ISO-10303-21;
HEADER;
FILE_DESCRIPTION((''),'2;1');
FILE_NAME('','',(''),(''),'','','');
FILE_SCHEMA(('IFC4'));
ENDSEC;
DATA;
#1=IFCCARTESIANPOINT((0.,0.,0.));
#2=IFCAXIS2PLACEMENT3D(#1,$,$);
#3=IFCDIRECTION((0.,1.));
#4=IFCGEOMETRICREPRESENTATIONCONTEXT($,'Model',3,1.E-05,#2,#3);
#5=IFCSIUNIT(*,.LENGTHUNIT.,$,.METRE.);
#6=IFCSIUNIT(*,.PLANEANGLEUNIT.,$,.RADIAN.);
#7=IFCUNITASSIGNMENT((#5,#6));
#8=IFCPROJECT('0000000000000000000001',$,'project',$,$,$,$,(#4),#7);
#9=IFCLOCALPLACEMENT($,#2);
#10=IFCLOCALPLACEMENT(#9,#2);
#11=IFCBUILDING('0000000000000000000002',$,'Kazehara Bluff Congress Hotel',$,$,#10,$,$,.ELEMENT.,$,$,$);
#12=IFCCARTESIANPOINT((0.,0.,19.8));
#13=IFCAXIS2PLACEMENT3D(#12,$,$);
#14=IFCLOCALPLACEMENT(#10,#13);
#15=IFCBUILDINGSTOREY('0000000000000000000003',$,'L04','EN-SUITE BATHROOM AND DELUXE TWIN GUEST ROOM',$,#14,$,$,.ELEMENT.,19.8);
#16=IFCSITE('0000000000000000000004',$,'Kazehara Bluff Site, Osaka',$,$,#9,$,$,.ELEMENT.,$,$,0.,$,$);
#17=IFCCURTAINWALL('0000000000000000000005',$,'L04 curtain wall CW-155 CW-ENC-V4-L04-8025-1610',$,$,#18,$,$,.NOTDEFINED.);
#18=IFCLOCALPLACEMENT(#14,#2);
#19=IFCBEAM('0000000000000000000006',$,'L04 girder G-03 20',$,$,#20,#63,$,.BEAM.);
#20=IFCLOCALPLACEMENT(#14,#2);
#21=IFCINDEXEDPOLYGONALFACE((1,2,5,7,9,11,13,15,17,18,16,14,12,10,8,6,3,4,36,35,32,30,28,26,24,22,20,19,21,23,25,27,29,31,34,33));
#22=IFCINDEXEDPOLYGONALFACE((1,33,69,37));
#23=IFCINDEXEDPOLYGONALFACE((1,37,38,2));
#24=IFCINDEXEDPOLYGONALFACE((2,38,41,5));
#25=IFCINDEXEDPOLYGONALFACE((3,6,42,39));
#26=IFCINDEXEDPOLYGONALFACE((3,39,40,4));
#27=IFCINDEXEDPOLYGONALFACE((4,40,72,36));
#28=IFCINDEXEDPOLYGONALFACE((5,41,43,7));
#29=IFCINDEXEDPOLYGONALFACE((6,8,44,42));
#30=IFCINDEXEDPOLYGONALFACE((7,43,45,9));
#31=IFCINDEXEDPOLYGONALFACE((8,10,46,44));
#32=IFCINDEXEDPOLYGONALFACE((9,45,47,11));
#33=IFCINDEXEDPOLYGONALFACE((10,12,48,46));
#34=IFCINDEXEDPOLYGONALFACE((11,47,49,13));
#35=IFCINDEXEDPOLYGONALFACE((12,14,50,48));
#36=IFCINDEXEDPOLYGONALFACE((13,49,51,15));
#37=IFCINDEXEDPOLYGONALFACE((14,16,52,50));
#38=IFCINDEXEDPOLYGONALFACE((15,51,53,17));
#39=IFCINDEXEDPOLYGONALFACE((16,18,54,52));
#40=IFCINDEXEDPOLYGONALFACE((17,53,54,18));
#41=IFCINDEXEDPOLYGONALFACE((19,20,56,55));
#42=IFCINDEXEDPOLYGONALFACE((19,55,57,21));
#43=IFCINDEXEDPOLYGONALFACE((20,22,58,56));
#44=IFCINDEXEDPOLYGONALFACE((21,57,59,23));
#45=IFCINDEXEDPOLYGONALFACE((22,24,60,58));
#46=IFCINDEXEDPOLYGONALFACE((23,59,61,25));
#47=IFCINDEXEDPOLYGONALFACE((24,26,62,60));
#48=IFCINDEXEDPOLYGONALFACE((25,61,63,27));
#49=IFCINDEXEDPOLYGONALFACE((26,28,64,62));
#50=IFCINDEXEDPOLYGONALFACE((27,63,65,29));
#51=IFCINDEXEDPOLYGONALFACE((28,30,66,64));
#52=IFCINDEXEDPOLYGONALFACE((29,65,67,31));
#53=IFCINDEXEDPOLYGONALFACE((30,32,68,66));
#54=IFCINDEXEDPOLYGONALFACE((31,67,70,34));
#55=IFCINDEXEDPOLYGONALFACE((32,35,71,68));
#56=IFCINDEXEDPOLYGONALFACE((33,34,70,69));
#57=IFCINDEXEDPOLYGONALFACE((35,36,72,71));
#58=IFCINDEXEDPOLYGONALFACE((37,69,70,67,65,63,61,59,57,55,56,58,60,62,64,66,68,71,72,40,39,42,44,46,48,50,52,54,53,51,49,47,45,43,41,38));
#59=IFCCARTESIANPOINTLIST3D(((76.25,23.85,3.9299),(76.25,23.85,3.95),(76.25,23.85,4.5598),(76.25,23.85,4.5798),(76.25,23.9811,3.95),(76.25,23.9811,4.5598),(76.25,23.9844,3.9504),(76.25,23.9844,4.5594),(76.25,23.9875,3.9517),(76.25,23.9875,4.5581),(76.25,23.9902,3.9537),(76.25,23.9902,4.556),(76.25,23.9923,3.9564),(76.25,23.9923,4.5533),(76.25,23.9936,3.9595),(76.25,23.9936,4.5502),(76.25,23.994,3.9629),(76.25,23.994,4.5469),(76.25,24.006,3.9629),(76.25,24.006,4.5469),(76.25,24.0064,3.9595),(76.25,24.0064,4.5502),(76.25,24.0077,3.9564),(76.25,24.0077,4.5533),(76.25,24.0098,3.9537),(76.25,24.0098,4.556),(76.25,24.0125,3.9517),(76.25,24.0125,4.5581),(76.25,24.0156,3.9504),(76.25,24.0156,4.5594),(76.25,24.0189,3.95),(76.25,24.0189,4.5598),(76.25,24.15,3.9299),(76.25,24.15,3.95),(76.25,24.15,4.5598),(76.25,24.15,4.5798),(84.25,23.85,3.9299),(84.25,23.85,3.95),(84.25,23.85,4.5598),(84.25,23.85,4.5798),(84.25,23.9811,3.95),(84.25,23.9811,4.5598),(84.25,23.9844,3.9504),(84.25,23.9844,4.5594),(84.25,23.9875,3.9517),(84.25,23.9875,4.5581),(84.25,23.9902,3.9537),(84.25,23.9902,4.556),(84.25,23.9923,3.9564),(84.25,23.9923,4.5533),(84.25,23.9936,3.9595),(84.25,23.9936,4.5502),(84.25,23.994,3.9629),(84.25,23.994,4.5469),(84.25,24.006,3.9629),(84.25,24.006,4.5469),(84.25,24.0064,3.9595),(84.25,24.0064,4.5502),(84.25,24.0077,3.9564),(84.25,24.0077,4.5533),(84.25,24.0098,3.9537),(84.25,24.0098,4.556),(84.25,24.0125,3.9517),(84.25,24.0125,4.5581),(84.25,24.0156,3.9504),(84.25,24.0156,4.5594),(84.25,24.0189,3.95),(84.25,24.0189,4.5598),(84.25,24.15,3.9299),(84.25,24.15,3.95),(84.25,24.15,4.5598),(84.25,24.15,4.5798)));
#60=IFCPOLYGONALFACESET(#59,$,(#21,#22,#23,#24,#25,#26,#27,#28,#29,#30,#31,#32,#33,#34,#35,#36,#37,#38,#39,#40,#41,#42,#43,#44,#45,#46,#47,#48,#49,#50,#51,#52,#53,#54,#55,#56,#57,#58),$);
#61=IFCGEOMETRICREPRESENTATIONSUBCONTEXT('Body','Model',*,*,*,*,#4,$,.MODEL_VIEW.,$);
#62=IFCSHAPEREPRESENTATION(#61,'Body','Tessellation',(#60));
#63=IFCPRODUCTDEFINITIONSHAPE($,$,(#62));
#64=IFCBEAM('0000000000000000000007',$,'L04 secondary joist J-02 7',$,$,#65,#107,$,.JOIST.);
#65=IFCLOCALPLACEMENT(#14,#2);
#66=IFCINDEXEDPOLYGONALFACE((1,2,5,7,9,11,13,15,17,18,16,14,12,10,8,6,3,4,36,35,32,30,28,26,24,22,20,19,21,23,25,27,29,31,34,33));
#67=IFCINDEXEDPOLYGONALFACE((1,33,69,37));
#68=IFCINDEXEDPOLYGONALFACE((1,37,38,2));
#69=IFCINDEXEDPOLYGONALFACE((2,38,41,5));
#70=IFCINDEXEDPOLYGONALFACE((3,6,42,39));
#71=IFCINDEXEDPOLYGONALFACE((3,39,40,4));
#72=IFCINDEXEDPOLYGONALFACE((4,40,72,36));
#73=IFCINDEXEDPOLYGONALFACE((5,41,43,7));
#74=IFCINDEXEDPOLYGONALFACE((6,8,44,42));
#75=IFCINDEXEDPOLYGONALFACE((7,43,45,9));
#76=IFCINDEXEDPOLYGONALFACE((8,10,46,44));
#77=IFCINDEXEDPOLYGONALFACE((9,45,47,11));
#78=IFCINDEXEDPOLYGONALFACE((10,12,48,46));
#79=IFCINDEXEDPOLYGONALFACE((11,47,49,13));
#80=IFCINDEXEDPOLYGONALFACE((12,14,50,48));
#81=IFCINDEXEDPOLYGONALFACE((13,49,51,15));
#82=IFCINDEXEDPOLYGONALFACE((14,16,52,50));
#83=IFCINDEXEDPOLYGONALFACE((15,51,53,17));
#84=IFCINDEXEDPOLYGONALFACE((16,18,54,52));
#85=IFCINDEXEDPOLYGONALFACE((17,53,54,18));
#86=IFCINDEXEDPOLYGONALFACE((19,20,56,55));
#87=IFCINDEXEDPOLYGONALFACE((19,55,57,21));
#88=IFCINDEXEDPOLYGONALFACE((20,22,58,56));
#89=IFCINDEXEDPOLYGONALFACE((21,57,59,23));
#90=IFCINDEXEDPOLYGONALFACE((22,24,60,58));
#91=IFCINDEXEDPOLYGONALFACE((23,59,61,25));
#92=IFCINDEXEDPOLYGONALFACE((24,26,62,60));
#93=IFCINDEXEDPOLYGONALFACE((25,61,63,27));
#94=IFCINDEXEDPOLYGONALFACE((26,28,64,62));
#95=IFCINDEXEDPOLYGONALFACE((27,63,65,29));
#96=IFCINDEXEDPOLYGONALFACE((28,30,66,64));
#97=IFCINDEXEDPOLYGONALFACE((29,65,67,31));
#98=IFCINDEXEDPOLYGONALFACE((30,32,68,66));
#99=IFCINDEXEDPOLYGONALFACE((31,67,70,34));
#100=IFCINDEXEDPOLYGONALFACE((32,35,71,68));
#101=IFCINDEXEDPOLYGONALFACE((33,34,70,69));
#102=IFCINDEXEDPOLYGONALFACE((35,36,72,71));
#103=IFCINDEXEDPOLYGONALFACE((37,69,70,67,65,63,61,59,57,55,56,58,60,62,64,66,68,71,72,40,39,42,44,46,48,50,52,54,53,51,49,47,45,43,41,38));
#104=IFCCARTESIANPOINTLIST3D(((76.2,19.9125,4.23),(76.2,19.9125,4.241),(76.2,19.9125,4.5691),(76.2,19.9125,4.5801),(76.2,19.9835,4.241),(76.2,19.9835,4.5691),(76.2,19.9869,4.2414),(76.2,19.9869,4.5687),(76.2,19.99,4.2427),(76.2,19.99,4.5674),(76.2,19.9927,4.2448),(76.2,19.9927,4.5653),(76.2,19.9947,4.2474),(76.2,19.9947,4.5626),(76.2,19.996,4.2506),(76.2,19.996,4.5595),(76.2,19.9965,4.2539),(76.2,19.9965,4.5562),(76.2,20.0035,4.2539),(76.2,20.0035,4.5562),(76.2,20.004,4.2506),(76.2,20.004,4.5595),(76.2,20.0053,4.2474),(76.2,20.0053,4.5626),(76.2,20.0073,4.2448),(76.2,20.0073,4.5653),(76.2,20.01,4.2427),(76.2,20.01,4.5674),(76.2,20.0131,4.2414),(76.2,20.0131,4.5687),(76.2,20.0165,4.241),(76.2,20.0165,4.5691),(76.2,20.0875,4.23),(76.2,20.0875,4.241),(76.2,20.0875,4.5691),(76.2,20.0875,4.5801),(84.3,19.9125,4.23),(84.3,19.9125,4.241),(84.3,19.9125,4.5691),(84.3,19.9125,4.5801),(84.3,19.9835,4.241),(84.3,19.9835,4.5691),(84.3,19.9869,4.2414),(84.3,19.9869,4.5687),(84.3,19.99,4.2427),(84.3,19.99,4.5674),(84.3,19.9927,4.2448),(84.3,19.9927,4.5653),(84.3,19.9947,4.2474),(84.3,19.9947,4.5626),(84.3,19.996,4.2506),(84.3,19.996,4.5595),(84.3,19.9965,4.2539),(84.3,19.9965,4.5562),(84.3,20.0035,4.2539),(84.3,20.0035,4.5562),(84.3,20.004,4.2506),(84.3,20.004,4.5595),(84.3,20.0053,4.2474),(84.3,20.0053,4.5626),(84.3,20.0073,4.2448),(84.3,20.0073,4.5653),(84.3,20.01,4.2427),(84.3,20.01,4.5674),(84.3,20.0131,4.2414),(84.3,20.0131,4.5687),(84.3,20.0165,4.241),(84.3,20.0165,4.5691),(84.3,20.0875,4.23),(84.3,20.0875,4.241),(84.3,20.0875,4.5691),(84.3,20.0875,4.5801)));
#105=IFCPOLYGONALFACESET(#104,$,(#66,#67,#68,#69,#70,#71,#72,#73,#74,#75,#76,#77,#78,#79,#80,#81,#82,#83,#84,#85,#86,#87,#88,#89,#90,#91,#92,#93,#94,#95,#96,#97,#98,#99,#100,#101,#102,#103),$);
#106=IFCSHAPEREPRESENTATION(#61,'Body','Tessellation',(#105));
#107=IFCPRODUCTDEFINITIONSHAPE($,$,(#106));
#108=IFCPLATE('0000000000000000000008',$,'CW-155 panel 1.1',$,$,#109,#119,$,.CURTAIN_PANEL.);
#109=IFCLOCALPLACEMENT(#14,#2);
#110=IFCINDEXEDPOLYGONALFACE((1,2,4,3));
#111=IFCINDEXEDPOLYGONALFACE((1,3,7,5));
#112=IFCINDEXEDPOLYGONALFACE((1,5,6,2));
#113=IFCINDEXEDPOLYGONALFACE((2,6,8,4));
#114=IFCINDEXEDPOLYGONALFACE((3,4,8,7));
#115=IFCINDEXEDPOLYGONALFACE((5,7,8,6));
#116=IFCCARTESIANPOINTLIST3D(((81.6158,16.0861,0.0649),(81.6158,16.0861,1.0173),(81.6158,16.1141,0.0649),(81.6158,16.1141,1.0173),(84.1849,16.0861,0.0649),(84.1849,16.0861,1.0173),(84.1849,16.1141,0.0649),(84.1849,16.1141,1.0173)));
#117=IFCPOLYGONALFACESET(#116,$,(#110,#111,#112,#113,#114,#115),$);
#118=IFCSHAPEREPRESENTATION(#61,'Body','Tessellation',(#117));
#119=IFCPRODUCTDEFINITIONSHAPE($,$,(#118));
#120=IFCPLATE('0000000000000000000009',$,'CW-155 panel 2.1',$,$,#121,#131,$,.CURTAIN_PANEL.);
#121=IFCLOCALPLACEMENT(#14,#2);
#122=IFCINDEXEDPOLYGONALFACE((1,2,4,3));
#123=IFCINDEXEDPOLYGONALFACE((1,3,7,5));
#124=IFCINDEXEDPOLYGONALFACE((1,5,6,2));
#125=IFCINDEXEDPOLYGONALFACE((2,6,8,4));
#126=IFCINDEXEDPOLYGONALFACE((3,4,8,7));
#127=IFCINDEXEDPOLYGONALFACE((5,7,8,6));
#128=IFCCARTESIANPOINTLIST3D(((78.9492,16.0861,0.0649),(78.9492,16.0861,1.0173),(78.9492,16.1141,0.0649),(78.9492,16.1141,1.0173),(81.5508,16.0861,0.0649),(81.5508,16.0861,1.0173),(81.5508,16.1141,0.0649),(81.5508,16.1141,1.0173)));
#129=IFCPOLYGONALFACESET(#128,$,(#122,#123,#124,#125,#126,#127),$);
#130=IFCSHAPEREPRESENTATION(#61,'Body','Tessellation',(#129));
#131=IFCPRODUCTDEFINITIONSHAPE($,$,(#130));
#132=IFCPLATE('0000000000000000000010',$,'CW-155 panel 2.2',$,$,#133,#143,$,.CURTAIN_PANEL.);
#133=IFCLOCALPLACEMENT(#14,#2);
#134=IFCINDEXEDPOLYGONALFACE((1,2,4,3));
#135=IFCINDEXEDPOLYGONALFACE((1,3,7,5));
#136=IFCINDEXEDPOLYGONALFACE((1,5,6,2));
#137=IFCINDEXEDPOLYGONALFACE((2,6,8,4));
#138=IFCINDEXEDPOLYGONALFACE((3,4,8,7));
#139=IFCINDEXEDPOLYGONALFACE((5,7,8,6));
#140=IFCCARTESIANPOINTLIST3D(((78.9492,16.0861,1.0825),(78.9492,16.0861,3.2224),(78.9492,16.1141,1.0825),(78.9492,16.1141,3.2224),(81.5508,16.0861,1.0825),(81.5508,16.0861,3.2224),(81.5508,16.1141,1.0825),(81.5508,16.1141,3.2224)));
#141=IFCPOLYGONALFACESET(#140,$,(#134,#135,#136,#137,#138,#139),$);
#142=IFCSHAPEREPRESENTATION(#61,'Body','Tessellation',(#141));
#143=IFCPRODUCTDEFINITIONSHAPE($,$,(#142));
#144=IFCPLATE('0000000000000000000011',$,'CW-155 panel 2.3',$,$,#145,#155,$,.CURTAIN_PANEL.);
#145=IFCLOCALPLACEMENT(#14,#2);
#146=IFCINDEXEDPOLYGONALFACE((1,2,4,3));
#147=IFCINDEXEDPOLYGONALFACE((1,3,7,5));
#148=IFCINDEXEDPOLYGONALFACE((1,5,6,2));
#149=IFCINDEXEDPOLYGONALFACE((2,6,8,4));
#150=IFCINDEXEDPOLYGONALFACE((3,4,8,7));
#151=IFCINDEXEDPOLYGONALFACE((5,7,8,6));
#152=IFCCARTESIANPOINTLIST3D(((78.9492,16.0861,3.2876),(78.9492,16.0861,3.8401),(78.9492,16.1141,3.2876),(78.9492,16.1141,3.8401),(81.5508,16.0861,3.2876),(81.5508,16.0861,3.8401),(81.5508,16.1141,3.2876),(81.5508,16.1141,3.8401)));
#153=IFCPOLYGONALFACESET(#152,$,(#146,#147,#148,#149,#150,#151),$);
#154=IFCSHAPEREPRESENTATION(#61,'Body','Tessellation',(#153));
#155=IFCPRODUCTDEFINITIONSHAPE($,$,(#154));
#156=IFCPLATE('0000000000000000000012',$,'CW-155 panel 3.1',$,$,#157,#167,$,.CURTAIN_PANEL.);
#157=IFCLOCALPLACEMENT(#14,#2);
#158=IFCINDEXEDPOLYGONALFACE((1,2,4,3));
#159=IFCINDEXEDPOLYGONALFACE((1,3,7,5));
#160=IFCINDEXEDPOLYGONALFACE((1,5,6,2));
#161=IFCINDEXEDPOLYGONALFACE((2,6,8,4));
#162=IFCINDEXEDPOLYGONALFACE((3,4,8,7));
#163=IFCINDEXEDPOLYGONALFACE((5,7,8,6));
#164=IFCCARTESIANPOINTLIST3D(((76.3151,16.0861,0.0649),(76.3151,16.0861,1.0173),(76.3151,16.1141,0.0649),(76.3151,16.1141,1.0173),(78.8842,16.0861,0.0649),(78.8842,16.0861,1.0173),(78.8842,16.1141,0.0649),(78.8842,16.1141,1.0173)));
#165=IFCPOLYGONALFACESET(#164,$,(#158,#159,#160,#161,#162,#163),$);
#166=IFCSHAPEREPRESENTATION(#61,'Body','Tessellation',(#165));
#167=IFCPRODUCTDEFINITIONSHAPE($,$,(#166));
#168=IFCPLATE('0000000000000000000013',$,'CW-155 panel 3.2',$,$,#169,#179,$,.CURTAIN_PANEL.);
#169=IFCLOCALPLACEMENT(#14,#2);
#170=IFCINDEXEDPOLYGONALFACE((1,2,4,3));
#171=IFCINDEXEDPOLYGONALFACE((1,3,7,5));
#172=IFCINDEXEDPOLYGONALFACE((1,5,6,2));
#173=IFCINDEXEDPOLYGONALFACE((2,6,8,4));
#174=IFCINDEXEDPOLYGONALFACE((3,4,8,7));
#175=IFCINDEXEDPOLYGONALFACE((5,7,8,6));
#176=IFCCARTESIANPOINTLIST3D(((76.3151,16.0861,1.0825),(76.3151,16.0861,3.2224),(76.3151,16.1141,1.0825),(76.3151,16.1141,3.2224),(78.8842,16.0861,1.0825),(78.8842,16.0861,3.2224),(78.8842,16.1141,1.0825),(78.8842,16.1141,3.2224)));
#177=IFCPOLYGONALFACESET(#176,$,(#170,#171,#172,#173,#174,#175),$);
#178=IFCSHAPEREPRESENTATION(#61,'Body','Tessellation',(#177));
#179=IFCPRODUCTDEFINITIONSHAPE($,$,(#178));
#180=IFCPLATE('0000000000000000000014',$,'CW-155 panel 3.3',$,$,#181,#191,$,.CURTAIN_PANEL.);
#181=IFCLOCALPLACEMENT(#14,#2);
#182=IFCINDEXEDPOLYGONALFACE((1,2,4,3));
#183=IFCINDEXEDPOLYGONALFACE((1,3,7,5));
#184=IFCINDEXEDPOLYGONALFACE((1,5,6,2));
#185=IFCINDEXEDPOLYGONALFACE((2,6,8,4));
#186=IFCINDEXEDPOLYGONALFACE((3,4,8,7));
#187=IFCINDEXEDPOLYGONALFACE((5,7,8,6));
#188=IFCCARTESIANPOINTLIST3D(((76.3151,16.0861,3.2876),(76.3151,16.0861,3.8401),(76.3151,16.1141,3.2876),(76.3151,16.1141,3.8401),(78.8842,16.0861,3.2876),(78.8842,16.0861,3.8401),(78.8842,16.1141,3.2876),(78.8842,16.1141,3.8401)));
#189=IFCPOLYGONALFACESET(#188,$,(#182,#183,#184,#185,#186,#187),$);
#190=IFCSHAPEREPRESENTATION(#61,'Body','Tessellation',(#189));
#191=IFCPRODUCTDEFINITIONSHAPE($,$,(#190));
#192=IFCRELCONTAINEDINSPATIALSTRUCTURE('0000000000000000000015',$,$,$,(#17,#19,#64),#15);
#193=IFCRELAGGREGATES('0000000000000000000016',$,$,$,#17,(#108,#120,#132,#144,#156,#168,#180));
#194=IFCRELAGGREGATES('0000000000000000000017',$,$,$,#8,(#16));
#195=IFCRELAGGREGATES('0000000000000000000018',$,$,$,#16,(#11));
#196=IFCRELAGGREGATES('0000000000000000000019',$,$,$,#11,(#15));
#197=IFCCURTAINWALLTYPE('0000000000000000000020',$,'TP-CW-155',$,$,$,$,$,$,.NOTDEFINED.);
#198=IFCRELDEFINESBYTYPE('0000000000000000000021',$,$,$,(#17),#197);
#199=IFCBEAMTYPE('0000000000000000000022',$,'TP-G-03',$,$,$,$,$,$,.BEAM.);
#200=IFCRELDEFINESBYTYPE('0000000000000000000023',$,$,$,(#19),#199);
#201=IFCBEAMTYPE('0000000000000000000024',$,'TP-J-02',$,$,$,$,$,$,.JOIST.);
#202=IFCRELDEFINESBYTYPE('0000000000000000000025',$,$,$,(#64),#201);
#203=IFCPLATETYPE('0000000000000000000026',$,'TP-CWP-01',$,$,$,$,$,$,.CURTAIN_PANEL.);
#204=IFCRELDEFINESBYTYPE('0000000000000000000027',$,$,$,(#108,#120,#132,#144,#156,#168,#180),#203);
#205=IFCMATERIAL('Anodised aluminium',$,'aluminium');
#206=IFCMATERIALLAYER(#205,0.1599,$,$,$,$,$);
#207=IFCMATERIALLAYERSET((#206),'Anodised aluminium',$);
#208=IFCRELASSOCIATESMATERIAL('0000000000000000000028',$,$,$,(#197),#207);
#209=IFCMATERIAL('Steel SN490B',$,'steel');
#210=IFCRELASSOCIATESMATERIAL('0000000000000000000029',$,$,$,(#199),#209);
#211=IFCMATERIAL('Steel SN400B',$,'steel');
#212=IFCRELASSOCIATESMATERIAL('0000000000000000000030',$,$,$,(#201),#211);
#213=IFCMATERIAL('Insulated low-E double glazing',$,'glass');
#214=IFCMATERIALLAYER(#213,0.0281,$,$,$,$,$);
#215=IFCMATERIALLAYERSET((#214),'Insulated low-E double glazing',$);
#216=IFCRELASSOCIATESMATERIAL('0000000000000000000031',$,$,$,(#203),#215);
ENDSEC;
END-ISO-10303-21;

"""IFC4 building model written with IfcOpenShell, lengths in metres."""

from ifc_helpers import new_model, si_unit, direction, frame, origin, origin_2d, place, context, subcontext, project, spatial, rectangle, i_section, extrude, material, layer, layer_set, material_profile, profile_set, type_object, element, aggregate, save


model = new_model("IFC4")

# Units and contexts
model_context = context("Model", 3, precision=1e-05, world=origin(), true_north=direction((0.0, 1.0)))
body_context = subcontext(model_context, "Body", "Model", "MODEL_VIEW")
ifc_project = project(units=[si_unit("LENGTHUNIT", "METRE"), si_unit("PLANEANGLEUNIT", "RADIAN")], contexts=[model_context])

# Site, building, storey
site_placement = place(None, origin())
site = spatial("IfcSite", under=ifc_project, at=site_placement, Name="Kazehara Bluff Site, Osaka", CompositionType="ELEMENT", RefElevation=0.0)
building_placement = place(site_placement, origin())
building = spatial("IfcBuilding", under=site, at=building_placement, Name="Kazehara Bluff Congress Hotel", CompositionType="ELEMENT")
storey_placement = place(building_placement, frame((0.0, 0.0, 19.8)))
storey = spatial("IfcBuildingStorey", under=building, at=storey_placement, Name="L04", Description="EN-SUITE BATHROOM AND DELUXE TWIN GUEST ROOM", CompositionType="ELEMENT", Elevation=19.8)

# Curtain wall
ifc_material_1 = material(Name="Anodised aluminium", Category="aluminium")
ifc_layer_1 = layer(ifc_material_1, 0.1599)
ifc_layer_set_1 = layer_set([ifc_layer_1], Name="Anodised aluminium")
curtain_wall_type_1 = type_object("IfcCurtainWallType", Name="TP-CW-155", PredefinedType="NOTDEFINED", material=ifc_layer_set_1)
curtain_wall_1_placement = place(storey_placement, origin())
curtain_wall_1 = element("IfcCurtainWall", 1, at=curtain_wall_1_placement, inside=storey, type_object=curtain_wall_type_1, Name="L04 curtain wall CW-155 CW-ENC-V4-L04-8025-1610", PredefinedType="NOTDEFINED")

# Beams
ifc_material_2 = material(Name="Steel SN490B", Category="steel")
ifc_material_profile_1 = material_profile(ifc_material_2, i_section(OverallWidth=0.3, OverallDepth=0.6499, WebThickness=0.012, FlangeThickness=0.02, FilletRadius=0.0129, at=origin_2d()))
ifc_profile_set_1 = profile_set([ifc_material_profile_1], Name="Steel SN490B")
beam_type_1 = type_object("IfcBeamType", Name="TP-G-03", PredefinedType="BEAM", material=ifc_profile_set_1)
for number, where, z_axis, x_axis, name in (
    (2, (76.25, 24.0, 4.2549), (1.0, 0.0, 0.0), (0.0, 1.0, 0.0), "L04 girder G-03 20"),
):
    element("IfcBeam", number, at=place(storey_placement, frame(where, z_axis=z_axis, x_axis=x_axis)), inside=storey, type_object=beam_type_1, Name=name, PredefinedType="BEAM", context=body_context, shape_type="SweptSolid", body=[
        extrude(i_section(OverallWidth=0.3, OverallDepth=0.6499, WebThickness=0.012, FlangeThickness=0.02, FilletRadius=0.0129, at=origin_2d()), origin(), (0.0, 0.0, 1.0), 8.0),
    ])
ifc_material_3 = material(Name="Steel SN400B", Category="steel")
ifc_material_profile_2 = material_profile(ifc_material_3, i_section(OverallWidth=0.175, OverallDepth=0.3501, WebThickness=0.0071, FlangeThickness=0.011, FilletRadius=0.0129, at=origin_2d()))
ifc_profile_set_2 = profile_set([ifc_material_profile_2], Name="Steel SN400B")
beam_type_2 = type_object("IfcBeamType", Name="TP-J-02", PredefinedType="JOIST", material=ifc_profile_set_2)
beam_1_placement = place(storey_placement, frame((76.2, 20.0, 4.405), z_axis=(1.0, 0.0, 0.0), x_axis=(0.0, 1.0, 0.0)))
element("IfcBeam", 3, at=beam_1_placement, inside=storey, type_object=beam_type_2, Name="L04 secondary joist J-02 7", PredefinedType="JOIST", context=body_context, shape_type="SweptSolid", body=[
    extrude(i_section(OverallWidth=0.175, OverallDepth=0.3501, WebThickness=0.0071, FlangeThickness=0.011, FilletRadius=0.0129, at=origin_2d()), origin(), (0.0, 0.0, 1.0), 8.1001),
])

# Plates
ifc_material_4 = material(Name="Insulated low-E double glazing", Category="glass")
ifc_layer_2 = layer(ifc_material_4, 0.0281)
ifc_layer_set_2 = layer_set([ifc_layer_2], Name="Insulated low-E double glazing")
plate_type_1 = type_object("IfcPlateType", Name="TP-CWP-01", PredefinedType="CURTAIN_PANEL", material=ifc_layer_set_2)
plate_1_placement = place(storey_placement, frame((82.9004, 16.1001, 0.0649), z_axis=(0.0, 0.0, 1.0), x_axis=(-1.0, 0.0, 0.0)))
plate_1 = element("IfcPlate", 4, at=plate_1_placement, type_object=plate_type_1, Name="CW-155 panel 1.1", PredefinedType="CURTAIN_PANEL", context=body_context, shape_type="SweptSolid", body=[
    extrude(rectangle(XDim=2.5691, YDim=0.0281, at=origin_2d()), origin(), (0.0, 0.0, 1.0), 0.9524),
])
plate_2_placement = place(storey_placement, frame((80.25, 16.1001, 0.0649), z_axis=(0.0, 0.0, 1.0), x_axis=(-1.0, 0.0, 0.0)))
plate_2 = element("IfcPlate", 5, at=plate_2_placement, type_object=plate_type_1, Name="CW-155 panel 2.1", PredefinedType="CURTAIN_PANEL", context=body_context, shape_type="SweptSolid", body=[
    extrude(rectangle(XDim=2.6016, YDim=0.0281, at=origin_2d()), origin(), (0.0, 0.0, 1.0), 0.9524),
])
plate_3_placement = place(storey_placement, frame((80.25, 16.1001, 1.0825), z_axis=(0.0, 0.0, 1.0), x_axis=(-1.0, 0.0, 0.0)))
plate_3 = element("IfcPlate", 6, at=plate_3_placement, type_object=plate_type_1, Name="CW-155 panel 2.2", PredefinedType="CURTAIN_PANEL", context=body_context, shape_type="SweptSolid", body=[
    extrude(rectangle(XDim=2.6016, YDim=0.0281, at=origin_2d()), origin(), (0.0, 0.0, 1.0), 2.1399),
])
plate_4_placement = place(storey_placement, frame((80.25, 16.1001, 3.2876), z_axis=(0.0, 0.0, 1.0), x_axis=(-1.0, 0.0, 0.0)))
plate_4 = element("IfcPlate", 7, at=plate_4_placement, type_object=plate_type_1, Name="CW-155 panel 2.3", PredefinedType="CURTAIN_PANEL", context=body_context, shape_type="SweptSolid", body=[
    extrude(rectangle(XDim=2.6016, YDim=0.0281, at=origin_2d()), origin(), (0.0, 0.0, 1.0), 0.5525),
])
plate_5_placement = place(storey_placement, frame((77.5996, 16.1001, 0.0649), z_axis=(0.0, 0.0, 1.0), x_axis=(-1.0, 0.0, 0.0)))
plate_5 = element("IfcPlate", 8, at=plate_5_placement, type_object=plate_type_1, Name="CW-155 panel 3.1", PredefinedType="CURTAIN_PANEL", context=body_context, shape_type="SweptSolid", body=[
    extrude(rectangle(XDim=2.5691, YDim=0.0281, at=origin_2d()), origin(), (0.0, 0.0, 1.0), 0.9524),
])
plate_6_placement = place(storey_placement, frame((77.5996, 16.1001, 1.0825), z_axis=(0.0, 0.0, 1.0), x_axis=(-1.0, 0.0, 0.0)))
plate_6 = element("IfcPlate", 9, at=plate_6_placement, type_object=plate_type_1, Name="CW-155 panel 3.2", PredefinedType="CURTAIN_PANEL", context=body_context, shape_type="SweptSolid", body=[
    extrude(rectangle(XDim=2.5691, YDim=0.0281, at=origin_2d()), origin(), (0.0, 0.0, 1.0), 2.1399),
])
plate_7_placement = place(storey_placement, frame((77.5996, 16.1001, 3.2876), z_axis=(0.0, 0.0, 1.0), x_axis=(-1.0, 0.0, 0.0)))
plate_7 = element("IfcPlate", 10, at=plate_7_placement, type_object=plate_type_1, Name="CW-155 panel 3.3", PredefinedType="CURTAIN_PANEL", context=body_context, shape_type="SweptSolid", body=[
    extrude(rectangle(XDim=2.5691, YDim=0.0281, at=origin_2d()), origin(), (0.0, 0.0, 1.0), 0.5525),
])
aggregate(curtain_wall_1, [plate_1, plate_2, plate_3, plate_4, plate_5, plate_6, plate_7])

save(model, "model.ifc")
